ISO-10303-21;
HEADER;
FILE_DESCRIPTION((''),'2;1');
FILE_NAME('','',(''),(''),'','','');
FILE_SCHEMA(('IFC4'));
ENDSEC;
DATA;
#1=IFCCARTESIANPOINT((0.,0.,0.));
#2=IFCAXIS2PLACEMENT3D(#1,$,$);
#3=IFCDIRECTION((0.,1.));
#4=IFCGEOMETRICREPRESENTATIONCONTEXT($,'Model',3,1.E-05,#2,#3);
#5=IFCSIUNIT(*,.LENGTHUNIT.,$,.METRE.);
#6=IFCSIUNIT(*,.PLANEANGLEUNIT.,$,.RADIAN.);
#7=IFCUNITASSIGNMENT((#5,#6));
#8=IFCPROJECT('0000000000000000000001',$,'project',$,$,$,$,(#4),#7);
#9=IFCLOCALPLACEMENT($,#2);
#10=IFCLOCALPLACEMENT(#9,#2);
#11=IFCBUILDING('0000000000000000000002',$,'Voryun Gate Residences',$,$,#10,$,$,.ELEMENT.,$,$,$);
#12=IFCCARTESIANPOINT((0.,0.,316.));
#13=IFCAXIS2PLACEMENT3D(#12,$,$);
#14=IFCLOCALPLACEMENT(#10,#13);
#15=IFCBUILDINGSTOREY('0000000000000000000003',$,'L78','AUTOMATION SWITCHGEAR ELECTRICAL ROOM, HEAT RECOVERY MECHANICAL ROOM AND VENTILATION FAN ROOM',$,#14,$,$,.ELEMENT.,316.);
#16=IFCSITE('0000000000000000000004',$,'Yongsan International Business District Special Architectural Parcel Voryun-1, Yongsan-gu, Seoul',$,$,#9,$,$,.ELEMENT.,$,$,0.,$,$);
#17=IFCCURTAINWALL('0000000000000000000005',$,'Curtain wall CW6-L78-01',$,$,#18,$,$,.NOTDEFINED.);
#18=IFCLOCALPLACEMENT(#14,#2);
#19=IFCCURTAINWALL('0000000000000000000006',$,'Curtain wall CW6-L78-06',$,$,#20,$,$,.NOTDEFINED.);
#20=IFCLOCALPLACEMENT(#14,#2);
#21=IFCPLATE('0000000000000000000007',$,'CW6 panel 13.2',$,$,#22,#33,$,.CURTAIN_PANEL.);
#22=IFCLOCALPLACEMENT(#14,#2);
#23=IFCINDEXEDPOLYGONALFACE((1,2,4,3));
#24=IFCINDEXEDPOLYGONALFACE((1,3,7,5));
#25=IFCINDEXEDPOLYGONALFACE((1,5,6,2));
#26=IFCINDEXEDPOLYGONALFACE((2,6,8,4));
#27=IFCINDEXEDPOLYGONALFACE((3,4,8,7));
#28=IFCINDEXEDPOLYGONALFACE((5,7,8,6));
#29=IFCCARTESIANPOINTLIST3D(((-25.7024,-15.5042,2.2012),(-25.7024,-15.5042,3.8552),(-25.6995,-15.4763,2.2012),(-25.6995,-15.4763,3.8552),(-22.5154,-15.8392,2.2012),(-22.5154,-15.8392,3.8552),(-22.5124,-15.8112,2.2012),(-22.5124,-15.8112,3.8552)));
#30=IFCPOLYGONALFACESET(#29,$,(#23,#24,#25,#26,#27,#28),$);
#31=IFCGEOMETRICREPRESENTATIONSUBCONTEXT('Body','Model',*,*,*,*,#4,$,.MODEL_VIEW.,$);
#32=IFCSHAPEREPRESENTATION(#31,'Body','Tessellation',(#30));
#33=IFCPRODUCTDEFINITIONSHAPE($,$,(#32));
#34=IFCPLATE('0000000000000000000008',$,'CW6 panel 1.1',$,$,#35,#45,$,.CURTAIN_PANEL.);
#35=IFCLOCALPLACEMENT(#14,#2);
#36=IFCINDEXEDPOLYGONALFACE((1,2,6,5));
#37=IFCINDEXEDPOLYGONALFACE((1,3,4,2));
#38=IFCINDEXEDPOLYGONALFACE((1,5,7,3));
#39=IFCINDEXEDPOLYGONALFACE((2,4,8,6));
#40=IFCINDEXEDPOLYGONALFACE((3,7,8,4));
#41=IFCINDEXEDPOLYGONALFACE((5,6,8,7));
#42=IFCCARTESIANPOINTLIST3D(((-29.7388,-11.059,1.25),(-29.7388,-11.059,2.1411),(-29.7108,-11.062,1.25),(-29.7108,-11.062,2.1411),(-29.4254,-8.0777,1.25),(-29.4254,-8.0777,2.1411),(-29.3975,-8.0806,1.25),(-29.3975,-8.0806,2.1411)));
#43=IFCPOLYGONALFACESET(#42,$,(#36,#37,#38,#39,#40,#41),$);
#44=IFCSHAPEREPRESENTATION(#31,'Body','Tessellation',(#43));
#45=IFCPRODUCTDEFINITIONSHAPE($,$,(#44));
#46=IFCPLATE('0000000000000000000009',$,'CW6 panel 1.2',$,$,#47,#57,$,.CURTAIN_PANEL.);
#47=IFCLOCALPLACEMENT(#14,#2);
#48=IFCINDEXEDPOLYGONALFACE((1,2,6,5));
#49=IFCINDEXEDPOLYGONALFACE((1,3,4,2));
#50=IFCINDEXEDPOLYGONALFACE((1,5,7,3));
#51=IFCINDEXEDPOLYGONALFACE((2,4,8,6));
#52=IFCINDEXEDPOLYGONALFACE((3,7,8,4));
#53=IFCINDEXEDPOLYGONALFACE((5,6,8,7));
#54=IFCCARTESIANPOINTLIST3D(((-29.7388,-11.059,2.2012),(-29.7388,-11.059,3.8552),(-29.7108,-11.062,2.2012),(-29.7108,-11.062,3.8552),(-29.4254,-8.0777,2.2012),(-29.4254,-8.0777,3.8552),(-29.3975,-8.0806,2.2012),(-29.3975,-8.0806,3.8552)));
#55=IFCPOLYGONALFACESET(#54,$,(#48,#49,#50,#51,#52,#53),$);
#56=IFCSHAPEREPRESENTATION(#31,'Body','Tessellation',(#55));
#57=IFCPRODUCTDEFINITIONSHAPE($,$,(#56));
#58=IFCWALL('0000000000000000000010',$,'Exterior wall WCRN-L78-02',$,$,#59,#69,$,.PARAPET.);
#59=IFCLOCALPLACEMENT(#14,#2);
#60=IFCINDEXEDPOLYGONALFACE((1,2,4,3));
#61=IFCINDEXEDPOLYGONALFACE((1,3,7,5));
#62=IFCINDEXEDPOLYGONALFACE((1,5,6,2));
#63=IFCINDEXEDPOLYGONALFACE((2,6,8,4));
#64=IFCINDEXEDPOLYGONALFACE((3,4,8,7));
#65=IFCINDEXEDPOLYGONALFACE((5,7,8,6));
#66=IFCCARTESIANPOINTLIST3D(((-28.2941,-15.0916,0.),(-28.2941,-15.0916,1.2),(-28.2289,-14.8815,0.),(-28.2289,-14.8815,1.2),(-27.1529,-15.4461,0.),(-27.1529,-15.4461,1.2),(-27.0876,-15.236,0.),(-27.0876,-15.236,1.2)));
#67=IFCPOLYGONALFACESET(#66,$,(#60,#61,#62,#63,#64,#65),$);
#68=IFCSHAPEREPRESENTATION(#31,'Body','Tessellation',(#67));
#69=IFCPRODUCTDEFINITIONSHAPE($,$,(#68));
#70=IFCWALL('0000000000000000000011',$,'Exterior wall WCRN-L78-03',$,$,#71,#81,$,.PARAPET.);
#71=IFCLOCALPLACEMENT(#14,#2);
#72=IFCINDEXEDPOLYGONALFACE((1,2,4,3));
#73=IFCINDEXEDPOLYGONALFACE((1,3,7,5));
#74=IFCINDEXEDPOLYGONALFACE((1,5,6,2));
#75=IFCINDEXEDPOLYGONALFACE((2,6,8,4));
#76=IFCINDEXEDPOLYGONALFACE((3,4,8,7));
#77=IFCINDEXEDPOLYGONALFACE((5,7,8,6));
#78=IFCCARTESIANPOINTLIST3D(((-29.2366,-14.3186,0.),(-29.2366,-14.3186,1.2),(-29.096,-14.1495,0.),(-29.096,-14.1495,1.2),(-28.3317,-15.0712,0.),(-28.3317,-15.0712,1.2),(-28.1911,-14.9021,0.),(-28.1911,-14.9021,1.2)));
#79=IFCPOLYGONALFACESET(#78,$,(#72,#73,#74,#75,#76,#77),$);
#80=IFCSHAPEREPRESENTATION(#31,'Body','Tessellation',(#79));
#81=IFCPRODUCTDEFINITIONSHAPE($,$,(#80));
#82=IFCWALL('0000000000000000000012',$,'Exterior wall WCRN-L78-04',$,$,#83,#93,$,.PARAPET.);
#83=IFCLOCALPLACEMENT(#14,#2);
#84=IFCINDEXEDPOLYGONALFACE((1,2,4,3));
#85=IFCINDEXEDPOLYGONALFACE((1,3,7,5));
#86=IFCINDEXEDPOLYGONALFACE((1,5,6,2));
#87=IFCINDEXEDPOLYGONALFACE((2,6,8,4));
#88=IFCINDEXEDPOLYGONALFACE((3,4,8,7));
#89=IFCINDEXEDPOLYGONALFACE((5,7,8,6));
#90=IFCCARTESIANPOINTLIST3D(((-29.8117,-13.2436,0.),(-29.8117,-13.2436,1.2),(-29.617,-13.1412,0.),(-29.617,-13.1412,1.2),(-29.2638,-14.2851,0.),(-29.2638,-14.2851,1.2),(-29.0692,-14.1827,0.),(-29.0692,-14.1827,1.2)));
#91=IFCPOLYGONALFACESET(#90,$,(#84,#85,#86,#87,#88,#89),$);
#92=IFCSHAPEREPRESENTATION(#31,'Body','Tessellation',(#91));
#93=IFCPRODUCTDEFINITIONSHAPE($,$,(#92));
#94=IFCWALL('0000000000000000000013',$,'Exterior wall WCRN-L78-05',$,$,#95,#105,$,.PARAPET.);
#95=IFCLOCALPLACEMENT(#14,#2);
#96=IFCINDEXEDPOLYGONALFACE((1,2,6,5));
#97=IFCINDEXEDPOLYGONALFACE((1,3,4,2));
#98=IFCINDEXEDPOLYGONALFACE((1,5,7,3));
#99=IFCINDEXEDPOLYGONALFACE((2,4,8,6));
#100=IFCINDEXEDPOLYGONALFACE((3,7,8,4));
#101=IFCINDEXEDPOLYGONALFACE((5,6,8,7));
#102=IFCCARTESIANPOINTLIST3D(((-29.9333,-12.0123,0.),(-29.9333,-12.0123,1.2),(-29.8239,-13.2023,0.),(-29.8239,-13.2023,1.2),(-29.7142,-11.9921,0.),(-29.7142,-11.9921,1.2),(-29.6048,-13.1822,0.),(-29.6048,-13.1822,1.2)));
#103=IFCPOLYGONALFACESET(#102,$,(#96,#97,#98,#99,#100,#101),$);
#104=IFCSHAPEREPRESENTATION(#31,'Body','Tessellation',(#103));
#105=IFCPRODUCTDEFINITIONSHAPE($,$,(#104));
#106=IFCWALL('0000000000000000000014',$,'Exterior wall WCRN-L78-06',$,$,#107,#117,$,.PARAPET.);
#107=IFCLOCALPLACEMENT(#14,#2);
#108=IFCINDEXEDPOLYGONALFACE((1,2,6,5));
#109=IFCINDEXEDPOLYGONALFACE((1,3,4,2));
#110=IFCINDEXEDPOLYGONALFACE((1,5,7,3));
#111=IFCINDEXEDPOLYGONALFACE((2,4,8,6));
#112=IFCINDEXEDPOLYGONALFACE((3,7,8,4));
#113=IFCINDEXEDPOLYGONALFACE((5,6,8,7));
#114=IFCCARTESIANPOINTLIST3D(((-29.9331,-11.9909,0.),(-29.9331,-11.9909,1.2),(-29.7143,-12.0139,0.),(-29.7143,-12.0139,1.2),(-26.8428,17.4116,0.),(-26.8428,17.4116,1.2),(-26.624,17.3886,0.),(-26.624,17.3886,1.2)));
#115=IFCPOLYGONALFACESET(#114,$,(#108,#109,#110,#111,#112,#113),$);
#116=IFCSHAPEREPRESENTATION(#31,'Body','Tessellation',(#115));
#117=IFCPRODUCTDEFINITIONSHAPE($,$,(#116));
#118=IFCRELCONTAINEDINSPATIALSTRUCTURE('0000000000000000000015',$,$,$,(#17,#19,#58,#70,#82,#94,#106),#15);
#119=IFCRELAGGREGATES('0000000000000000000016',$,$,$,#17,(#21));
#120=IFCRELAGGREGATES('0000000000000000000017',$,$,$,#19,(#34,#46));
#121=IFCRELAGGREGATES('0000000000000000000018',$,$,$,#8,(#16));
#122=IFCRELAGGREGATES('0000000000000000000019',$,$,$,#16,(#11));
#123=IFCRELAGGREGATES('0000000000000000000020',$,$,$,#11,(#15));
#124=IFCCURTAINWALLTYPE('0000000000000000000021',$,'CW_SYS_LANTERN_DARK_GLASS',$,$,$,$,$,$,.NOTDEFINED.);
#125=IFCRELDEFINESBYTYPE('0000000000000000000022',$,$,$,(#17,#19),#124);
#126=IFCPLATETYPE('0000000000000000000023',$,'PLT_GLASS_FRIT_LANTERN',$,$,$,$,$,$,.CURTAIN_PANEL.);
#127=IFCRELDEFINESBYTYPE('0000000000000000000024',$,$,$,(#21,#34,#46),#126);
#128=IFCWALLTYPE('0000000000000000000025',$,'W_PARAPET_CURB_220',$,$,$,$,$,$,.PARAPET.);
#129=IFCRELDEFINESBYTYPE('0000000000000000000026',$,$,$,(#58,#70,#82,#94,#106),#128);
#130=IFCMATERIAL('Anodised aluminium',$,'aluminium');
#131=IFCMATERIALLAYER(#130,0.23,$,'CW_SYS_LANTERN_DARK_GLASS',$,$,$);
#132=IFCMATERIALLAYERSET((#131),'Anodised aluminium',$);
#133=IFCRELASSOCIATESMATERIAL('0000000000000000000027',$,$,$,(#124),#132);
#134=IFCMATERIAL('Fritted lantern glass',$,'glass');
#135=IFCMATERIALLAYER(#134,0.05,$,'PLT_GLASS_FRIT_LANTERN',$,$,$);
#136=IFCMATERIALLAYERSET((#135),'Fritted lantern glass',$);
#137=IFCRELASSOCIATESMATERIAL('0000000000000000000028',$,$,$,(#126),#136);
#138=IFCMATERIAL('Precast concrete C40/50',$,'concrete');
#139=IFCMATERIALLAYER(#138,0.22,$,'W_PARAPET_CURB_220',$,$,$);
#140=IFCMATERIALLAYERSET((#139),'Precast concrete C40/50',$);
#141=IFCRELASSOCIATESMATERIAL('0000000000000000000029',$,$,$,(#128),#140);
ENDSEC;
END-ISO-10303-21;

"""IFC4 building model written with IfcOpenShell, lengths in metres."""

from ifc_helpers import new_model, si_unit, direction, frame, frame_2d, origin, origin_2d, place, context, subcontext, project, spatial, rectangle, extrude, material, layer, layer_set, type_object, element, aggregate, save


model = new_model("IFC4")

# Units and contexts
model_context = context("Model", 3, precision=1e-05, world=origin(), true_north=direction((0.0, 1.0)))
body_context = subcontext(model_context, "Body", "Model", "MODEL_VIEW")
ifc_project = project(units=[si_unit("LENGTHUNIT", "METRE"), si_unit("PLANEANGLEUNIT", "RADIAN")], contexts=[model_context])

# Site, building, storey
site_placement = place(None, origin())
site = spatial("IfcSite", under=ifc_project, at=site_placement, Name="Yongsan International Business District Special Architectural Parcel Voryun-1, Yongsan-gu, Seoul", CompositionType="ELEMENT", RefElevation=0.0)
building_placement = place(site_placement, origin())
building = spatial("IfcBuilding", under=site, at=building_placement, Name="Voryun Gate Residences", CompositionType="ELEMENT")
storey_placement = place(building_placement, frame((0.0, 0.0, 316.0)))
storey = spatial("IfcBuildingStorey", under=building, at=storey_placement, Name="L78", Description="AUTOMATION SWITCHGEAR ELECTRICAL ROOM, HEAT RECOVERY MECHANICAL ROOM AND VENTILATION FAN ROOM", CompositionType="ELEMENT", Elevation=316.0)

# Curtain wall
ifc_material_1 = material(Name="Anodised aluminium", Category="aluminium")
ifc_layer_1 = layer(ifc_material_1, 0.23, Name="CW_SYS_LANTERN_DARK_GLASS")
ifc_layer_set_1 = layer_set([ifc_layer_1], Name="Anodised aluminium")
curtain_wall_type = type_object("IfcCurtainWallType", Name="CW_SYS_LANTERN_DARK_GLASS", PredefinedType="NOTDEFINED", material=ifc_layer_set_1)
curtain_wall_1_placement = place(storey_placement, origin())
curtain_wall_1 = element("IfcCurtainWall", 1, at=curtain_wall_1_placement, inside=storey, type_object=curtain_wall_type, Name="Curtain wall CW6-L78-01", PredefinedType="NOTDEFINED")

# Curtain wall
curtain_wall_2_placement = place(storey_placement, origin())
curtain_wall_2 = element("IfcCurtainWall", 2, at=curtain_wall_2_placement, inside=storey, type_object=curtain_wall_type, Name="Curtain wall CW6-L78-06", PredefinedType="NOTDEFINED")

# Plates
ifc_material_2 = material(Name="Fritted lantern glass", Category="glass")
ifc_layer_2 = layer(ifc_material_2, 0.05, Name="PLT_GLASS_FRIT_LANTERN")
ifc_layer_set_2 = layer_set([ifc_layer_2], Name="Fritted lantern glass")
plate_type_1 = type_object("IfcPlateType", Name="PLT_GLASS_FRIT_LANTERN", PredefinedType="CURTAIN_PANEL", material=ifc_layer_set_2)
plate_1_placement = place(storey_placement, frame((-24.1074, -15.6577, 2.2012), z_axis=(0.0, 0.0, 1.0), x_axis=(-0.994522, 0.104528, 0.0)))
plate_1 = element("IfcPlate", 3, at=plate_1_placement, type_object=plate_type_1, Name="CW6 panel 13.2", PredefinedType="CURTAIN_PANEL", context=body_context, shape_type="SweptSolid", body=[
    extrude(rectangle(XDim=3.2046, YDim=0.0281, at=origin_2d()), origin(), (0.0, 0.0, 1.0), 1.6541),
])
aggregate(curtain_wall_1, [plate_1])
plate_2_placement = place(storey_placement, frame((-29.5681, -9.5698, 1.25), z_axis=(0.0, 0.0, 1.0), x_axis=(0.104528, 0.994522, 0.0)))
plate_2 = element("IfcPlate", 4, at=plate_2_placement, type_object=plate_type_1, Name="CW6 panel 1.1", PredefinedType="CURTAIN_PANEL", context=body_context, shape_type="SweptSolid", body=[
    extrude(rectangle(XDim=2.9978, YDim=0.0281, at=origin_2d()), origin(), (0.0, 0.0, 1.0), 0.8911),
])
plate_3_placement = place(storey_placement, frame((-29.5681, -9.5698, 2.2012), z_axis=(0.0, 0.0, 1.0), x_axis=(0.104528, 0.994522, 0.0)))
plate_3 = element("IfcPlate", 5, at=plate_3_placement, type_object=plate_type_1, Name="CW6 panel 1.2", PredefinedType="CURTAIN_PANEL", context=body_context, shape_type="SweptSolid", body=[
    extrude(rectangle(XDim=2.9978, YDim=0.0281, at=origin_2d()), origin(), (0.0, 0.0, 1.0), 1.6541),
])
aggregate(curtain_wall_2, [plate_2, plate_3])

# Walls
ifc_material_3 = material(Name="Precast concrete C40/50", Category="concrete")
ifc_layer_3 = layer(ifc_material_3, 0.22, Name="W_PARAPET_CURB_220")
ifc_layer_set_3 = layer_set([ifc_layer_3], Name="Precast concrete C40/50")
wall_type = type_object("IfcWallType", Name="W_PARAPET_CURB_220", PredefinedType="PARAPET", material=ifc_layer_set_3)
wall_1_placement = place(storey_placement, frame((-27.1201, -15.3411, 0.0), z_axis=(0.0, 0.0, 1.0), x_axis=(-0.954998, 0.296611, 0.0)))
element("IfcWall", 6, at=wall_1_placement, inside=storey, type_object=wall_type, Name="Exterior wall WCRN-L78-02", PredefinedType="PARAPET", context=body_context, shape_type="SweptSolid", body=[
    extrude(rectangle(XDim=1.1951, YDim=0.22, at=frame_2d((0.5977, 0.0))), origin(), (0.0, 0.0, 1.0), 1.2),
])
wall_2_placement = place(storey_placement, frame((-28.2615, -14.9866, 0.0), z_axis=(0.0, 0.0, 1.0), x_axis=(-0.76885, 0.639429, 0.0)))
element("IfcWall", 7, at=wall_2_placement, inside=storey, type_object=wall_type, Name="Exterior wall WCRN-L78-03", PredefinedType="PARAPET", context=body_context, shape_type="SweptSolid", body=[
    extrude(rectangle(XDim=1.177, YDim=0.22, at=frame_2d((0.5884, 0.0))), origin(), (0.0, 0.0, 1.0), 1.2),
])
wall_3_placement = place(storey_placement, frame((-29.1665, -14.2339, 0.0), z_axis=(0.0, 0.0, 1.0), x_axis=(-0.465541, 0.885026, 0.0)))
element("IfcWall", 8, at=wall_3_placement, inside=storey, type_object=wall_type, Name="Exterior wall WCRN-L78-04", PredefinedType="PARAPET", context=body_context, shape_type="SweptSolid", body=[
    extrude(rectangle(XDim=1.1768, YDim=0.22, at=frame_2d((0.5884, 0.0))), origin(), (0.0, 0.0, 1.0), 1.2),
])
wall_4_placement = place(storey_placement, frame((-29.7144, -13.1924, 0.0), z_axis=(0.0, 0.0, 1.0), x_axis=(-0.09153, 0.995802, 0.0)))
element("IfcWall", 9, at=wall_4_placement, inside=storey, type_object=wall_type, Name="Exterior wall WCRN-L78-05", PredefinedType="PARAPET", context=body_context, shape_type="SweptSolid", body=[
    extrude(rectangle(XDim=1.1951, YDim=0.22, at=frame_2d((0.5977, 0.0))), origin(), (0.0, 0.0, 1.0), 1.2),
])
wall_5_placement = place(storey_placement, frame((-29.8237, -12.0024, 0.0), z_axis=(0.0, 0.0, 1.0), x_axis=(0.104528, 0.994522, 0.0)))
element("IfcWall", 10, at=wall_5_placement, inside=storey, type_object=wall_type, Name="Exterior wall WCRN-L78-06", PredefinedType="PARAPET", context=body_context, shape_type="SweptSolid", body=[
    extrude(rectangle(XDim=29.5645, YDim=0.22, at=frame_2d((14.7822, 0.0))), origin(), (0.0, 0.0, 1.0), 1.2),
])

save(model, "model.ifc")
